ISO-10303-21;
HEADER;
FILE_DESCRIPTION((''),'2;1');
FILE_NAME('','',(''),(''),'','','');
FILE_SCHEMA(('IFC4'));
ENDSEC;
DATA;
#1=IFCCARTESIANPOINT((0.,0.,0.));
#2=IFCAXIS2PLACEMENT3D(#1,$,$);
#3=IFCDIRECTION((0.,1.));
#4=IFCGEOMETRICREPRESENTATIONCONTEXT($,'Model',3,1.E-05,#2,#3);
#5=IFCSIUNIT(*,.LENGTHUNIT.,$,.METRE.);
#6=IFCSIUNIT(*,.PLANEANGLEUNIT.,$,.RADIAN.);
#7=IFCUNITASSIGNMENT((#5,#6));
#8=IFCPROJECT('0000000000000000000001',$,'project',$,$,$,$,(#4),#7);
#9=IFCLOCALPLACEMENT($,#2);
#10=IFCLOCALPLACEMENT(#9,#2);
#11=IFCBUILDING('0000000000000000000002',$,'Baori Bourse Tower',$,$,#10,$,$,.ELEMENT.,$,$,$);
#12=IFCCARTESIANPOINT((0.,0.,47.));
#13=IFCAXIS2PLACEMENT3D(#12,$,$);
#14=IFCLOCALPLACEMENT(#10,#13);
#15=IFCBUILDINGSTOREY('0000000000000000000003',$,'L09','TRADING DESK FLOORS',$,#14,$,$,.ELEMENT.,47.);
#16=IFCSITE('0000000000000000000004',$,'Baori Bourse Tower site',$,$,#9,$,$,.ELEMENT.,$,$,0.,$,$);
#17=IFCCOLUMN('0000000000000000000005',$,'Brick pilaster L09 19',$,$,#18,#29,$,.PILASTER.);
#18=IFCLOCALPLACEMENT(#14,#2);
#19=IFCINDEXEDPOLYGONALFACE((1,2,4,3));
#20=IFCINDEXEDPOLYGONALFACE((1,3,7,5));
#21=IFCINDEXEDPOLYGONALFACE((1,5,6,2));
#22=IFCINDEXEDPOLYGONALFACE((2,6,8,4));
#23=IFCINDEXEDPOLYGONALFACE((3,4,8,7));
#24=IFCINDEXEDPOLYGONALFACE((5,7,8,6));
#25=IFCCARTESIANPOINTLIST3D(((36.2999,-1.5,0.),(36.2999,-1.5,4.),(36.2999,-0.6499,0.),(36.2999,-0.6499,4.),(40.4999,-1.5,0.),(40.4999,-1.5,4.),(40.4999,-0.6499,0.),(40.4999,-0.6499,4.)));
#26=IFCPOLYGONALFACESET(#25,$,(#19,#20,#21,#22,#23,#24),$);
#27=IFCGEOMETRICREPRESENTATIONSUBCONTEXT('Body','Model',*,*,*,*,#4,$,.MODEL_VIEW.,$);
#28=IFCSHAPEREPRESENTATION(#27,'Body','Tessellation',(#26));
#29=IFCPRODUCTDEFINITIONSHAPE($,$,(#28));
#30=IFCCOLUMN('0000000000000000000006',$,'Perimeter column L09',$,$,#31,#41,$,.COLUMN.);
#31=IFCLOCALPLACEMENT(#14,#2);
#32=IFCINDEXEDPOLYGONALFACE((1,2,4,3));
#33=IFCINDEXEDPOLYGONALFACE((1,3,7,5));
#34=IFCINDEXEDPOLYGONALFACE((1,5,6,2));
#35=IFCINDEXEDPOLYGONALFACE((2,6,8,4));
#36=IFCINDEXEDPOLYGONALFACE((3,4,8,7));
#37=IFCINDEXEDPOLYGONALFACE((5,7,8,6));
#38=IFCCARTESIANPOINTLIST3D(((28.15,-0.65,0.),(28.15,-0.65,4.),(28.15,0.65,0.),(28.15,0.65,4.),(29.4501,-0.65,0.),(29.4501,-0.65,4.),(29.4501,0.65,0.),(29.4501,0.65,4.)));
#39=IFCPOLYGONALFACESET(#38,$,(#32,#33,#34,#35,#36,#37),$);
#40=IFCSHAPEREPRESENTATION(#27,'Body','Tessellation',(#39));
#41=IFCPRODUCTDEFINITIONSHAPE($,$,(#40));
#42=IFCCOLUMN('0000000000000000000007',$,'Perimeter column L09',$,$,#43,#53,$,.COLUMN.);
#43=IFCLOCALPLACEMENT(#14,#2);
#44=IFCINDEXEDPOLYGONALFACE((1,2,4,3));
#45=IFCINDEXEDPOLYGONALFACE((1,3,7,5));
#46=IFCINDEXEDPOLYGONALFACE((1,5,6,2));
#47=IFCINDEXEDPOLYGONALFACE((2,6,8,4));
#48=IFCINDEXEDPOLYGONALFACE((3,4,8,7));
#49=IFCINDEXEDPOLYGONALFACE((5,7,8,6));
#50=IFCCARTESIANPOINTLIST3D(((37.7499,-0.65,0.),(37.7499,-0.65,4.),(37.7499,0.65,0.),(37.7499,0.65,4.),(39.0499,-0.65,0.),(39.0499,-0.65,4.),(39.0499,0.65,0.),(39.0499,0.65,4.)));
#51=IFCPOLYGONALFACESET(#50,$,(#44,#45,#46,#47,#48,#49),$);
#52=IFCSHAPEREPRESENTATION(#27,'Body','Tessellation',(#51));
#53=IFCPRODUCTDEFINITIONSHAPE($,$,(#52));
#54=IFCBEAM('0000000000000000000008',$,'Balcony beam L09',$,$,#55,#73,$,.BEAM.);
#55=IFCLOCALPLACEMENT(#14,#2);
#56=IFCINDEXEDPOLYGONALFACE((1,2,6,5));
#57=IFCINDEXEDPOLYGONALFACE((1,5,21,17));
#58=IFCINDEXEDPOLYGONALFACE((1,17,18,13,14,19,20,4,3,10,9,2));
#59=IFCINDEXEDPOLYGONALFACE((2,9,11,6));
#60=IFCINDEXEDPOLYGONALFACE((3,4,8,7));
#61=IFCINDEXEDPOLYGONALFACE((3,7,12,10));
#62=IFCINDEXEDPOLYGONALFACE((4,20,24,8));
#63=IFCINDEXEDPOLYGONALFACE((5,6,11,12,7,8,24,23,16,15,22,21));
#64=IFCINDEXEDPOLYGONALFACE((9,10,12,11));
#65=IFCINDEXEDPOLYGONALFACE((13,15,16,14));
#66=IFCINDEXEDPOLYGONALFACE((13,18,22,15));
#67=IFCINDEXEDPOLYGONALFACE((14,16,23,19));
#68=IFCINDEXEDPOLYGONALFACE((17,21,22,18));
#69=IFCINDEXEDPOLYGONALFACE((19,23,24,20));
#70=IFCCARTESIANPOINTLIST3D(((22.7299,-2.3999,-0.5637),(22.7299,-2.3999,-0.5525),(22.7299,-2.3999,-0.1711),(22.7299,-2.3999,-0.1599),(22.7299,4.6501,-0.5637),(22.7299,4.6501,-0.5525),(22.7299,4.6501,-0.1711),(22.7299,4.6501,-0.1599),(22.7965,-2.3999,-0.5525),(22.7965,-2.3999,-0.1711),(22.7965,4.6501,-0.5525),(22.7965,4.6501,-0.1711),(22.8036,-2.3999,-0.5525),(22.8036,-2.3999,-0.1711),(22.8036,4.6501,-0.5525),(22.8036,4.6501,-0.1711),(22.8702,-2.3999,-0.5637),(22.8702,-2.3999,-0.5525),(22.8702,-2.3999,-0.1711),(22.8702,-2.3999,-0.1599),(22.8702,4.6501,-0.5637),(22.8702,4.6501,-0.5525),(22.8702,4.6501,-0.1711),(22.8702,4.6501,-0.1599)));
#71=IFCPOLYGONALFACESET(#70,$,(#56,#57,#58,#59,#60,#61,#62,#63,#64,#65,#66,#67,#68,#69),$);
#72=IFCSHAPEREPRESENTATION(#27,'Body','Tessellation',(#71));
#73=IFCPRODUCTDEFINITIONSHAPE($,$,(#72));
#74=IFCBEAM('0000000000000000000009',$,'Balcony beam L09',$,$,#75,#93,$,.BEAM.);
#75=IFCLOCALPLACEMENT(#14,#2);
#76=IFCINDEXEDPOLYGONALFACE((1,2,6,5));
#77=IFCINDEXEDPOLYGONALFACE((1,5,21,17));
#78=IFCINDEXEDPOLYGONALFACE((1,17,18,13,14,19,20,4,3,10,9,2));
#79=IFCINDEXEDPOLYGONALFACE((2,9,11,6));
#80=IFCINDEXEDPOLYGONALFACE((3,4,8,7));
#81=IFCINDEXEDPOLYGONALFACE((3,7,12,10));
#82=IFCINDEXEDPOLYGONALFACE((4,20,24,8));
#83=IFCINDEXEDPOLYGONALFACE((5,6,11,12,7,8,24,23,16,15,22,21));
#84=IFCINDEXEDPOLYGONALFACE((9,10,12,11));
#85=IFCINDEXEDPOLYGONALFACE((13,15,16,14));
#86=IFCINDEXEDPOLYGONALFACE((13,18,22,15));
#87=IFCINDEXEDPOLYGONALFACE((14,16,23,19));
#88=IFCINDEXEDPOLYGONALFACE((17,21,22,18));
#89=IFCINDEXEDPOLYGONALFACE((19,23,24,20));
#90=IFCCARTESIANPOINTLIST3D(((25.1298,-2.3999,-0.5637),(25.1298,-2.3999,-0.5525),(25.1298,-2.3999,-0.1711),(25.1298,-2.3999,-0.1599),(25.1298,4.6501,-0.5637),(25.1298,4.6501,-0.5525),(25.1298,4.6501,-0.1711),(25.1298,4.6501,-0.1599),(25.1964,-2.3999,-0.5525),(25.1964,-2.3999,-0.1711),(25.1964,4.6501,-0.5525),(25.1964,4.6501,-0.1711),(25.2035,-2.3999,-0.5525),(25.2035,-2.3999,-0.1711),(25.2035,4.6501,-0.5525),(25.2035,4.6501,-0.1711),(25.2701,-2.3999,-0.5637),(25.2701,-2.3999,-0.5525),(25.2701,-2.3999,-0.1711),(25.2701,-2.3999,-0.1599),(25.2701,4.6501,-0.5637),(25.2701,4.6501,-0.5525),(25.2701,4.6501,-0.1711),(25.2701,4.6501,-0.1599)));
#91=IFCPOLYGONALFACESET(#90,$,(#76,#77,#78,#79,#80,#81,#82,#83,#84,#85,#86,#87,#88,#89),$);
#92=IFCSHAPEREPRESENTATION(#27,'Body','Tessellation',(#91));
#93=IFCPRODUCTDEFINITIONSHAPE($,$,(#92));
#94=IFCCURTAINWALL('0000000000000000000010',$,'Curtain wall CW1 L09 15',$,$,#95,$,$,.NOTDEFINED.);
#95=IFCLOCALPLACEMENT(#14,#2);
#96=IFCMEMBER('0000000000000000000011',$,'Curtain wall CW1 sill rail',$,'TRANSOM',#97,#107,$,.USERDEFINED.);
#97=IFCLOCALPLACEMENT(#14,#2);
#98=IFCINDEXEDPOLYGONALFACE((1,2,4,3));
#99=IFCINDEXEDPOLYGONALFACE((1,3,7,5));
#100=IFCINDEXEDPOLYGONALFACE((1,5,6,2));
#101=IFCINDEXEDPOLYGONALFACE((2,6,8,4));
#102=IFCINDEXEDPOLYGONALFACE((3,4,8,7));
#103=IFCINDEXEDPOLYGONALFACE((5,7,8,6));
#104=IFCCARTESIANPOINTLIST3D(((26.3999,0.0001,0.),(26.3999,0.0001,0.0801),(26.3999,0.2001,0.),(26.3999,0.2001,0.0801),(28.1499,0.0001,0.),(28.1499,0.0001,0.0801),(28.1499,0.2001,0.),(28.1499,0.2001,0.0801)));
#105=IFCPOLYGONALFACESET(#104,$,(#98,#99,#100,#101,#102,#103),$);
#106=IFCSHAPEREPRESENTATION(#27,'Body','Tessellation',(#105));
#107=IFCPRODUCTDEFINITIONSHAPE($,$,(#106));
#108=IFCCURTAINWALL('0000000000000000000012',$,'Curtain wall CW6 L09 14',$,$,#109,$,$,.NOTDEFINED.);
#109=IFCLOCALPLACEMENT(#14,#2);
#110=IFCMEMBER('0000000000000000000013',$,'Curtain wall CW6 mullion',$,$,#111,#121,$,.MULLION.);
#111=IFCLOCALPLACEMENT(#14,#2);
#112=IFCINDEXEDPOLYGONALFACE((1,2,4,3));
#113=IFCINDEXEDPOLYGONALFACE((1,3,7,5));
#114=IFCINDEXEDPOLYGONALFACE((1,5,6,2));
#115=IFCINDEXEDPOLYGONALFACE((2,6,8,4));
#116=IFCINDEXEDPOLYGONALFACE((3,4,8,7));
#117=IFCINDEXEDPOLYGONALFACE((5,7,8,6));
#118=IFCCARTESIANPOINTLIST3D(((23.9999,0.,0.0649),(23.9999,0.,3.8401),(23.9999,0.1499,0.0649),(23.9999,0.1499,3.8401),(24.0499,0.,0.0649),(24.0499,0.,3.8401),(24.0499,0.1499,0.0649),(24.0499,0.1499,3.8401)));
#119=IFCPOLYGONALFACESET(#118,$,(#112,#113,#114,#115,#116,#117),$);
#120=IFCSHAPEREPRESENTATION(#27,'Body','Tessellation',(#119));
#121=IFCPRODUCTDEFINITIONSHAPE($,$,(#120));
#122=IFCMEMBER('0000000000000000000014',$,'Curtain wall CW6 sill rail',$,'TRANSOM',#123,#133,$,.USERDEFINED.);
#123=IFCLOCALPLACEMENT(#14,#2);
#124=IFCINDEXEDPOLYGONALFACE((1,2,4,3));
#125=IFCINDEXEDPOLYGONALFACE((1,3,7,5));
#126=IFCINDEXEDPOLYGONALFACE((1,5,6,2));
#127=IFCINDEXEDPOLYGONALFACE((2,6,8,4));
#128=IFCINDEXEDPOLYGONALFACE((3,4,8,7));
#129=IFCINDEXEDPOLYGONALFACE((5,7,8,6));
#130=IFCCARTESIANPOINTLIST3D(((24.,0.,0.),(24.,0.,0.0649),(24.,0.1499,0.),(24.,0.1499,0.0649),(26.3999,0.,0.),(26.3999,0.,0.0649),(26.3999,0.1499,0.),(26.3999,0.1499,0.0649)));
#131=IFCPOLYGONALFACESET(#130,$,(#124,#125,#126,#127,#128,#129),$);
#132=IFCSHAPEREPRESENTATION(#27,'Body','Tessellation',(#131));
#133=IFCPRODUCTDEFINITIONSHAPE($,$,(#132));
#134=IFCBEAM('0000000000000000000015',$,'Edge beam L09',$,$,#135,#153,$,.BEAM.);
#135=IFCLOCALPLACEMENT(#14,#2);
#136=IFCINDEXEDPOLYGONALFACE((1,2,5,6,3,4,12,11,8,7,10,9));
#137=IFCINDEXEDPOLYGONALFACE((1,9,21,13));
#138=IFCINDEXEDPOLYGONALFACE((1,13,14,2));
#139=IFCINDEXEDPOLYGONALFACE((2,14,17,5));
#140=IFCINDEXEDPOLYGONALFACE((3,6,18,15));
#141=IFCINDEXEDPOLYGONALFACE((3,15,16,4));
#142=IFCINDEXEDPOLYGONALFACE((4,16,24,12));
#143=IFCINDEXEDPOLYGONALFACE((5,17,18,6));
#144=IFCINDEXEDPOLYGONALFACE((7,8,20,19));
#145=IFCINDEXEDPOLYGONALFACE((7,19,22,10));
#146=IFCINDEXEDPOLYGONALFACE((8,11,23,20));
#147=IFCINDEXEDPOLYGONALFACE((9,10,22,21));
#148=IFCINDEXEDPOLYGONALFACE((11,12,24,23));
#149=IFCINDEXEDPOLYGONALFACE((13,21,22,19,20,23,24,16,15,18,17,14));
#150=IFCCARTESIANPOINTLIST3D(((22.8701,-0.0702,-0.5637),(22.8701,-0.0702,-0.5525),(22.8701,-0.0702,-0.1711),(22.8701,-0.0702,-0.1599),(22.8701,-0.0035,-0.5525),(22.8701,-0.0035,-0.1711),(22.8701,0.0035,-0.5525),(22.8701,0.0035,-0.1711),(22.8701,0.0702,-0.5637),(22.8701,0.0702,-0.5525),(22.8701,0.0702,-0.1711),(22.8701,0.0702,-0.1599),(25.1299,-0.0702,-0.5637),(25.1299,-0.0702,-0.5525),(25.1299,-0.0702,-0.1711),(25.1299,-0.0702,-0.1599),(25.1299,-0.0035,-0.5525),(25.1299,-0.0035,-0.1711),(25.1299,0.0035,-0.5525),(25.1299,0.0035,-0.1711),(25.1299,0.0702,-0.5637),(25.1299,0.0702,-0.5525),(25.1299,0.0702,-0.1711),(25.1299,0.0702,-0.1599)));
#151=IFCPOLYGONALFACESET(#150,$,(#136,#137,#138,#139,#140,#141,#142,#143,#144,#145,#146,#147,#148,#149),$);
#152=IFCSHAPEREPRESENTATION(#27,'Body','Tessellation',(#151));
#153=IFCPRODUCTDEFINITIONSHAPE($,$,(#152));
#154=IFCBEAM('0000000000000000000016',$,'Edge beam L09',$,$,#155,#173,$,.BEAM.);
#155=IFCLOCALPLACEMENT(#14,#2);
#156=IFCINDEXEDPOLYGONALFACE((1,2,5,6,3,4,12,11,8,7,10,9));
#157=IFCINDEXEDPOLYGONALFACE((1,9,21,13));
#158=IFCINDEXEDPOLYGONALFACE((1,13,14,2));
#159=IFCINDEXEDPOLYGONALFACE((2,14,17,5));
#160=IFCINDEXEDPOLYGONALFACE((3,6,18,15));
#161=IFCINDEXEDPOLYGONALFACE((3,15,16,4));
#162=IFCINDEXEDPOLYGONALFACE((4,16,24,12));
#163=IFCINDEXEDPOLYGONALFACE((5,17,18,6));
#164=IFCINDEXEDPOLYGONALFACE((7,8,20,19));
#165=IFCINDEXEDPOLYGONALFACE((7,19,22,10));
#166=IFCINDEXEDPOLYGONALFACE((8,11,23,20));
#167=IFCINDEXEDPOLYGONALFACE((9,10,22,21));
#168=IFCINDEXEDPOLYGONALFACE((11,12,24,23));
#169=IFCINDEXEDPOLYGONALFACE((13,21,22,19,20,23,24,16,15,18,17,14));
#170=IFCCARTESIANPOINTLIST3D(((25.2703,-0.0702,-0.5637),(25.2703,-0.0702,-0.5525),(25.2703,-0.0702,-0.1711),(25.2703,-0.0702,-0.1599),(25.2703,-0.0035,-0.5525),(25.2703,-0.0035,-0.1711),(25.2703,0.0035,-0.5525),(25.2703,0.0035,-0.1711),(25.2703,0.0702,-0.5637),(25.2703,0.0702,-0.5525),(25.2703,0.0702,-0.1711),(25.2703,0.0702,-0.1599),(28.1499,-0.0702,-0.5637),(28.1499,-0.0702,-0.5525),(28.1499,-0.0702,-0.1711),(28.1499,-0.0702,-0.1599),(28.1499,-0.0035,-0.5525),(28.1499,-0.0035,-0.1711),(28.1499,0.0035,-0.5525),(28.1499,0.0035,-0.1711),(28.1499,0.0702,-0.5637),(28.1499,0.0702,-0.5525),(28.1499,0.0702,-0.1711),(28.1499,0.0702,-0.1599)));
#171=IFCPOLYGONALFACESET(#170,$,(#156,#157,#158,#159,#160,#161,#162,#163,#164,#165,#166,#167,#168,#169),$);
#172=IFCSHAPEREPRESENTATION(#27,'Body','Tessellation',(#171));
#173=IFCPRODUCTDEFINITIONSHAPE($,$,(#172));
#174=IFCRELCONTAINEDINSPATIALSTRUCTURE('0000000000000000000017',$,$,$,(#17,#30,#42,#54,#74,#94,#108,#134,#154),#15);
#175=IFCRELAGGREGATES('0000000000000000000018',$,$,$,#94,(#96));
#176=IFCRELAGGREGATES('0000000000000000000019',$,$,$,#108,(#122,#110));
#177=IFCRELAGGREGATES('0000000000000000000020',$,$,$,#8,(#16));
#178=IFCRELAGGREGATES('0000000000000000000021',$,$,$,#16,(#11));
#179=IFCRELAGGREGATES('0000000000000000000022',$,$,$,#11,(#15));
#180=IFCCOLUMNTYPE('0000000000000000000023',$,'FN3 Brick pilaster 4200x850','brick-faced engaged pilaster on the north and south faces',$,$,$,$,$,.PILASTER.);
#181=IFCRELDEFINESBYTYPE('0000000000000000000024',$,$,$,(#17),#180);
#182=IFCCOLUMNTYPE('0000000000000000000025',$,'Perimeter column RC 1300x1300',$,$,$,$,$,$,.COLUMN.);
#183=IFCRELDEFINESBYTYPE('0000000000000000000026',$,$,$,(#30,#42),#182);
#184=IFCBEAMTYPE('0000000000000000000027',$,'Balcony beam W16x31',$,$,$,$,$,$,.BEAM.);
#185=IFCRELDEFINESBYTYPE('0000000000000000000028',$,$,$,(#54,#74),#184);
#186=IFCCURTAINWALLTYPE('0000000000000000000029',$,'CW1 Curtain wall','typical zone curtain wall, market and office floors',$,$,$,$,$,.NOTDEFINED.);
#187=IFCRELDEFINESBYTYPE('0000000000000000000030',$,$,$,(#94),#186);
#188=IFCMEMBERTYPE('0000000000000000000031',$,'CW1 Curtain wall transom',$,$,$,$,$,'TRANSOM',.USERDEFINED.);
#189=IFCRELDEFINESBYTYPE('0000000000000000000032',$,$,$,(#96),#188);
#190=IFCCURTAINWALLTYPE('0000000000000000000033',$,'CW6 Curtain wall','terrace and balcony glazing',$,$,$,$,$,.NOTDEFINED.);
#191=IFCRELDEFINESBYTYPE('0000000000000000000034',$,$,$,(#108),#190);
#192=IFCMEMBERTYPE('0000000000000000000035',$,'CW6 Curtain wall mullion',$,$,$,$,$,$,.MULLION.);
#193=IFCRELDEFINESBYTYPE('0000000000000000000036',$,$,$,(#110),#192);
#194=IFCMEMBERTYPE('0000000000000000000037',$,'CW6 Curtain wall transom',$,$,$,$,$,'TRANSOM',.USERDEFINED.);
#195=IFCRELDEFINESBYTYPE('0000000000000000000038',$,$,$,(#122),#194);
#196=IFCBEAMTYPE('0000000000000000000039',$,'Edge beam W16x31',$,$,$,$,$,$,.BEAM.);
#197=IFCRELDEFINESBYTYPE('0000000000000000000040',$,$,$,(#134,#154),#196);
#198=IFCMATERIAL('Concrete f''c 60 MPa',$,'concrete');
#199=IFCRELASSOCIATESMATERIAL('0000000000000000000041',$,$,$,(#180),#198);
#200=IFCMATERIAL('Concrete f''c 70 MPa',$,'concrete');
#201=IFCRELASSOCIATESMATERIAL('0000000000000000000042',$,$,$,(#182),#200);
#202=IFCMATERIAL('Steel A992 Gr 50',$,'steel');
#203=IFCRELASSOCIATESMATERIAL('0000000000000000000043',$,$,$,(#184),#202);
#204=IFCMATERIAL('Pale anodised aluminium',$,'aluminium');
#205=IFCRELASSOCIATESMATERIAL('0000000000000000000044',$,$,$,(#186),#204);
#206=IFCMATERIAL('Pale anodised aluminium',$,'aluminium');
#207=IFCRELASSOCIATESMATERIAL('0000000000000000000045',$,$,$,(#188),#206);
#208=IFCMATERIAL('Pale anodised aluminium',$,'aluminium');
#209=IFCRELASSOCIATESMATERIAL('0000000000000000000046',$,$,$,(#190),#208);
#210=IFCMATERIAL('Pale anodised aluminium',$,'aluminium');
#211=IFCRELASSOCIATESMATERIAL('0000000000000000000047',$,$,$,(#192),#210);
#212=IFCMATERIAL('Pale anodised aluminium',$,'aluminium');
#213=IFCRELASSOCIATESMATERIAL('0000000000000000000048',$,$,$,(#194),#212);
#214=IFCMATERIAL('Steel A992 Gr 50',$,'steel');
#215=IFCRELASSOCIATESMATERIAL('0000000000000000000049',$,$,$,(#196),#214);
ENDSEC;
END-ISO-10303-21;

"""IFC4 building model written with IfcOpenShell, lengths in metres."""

from ifc_helpers import new_model, si_unit, direction, frame, origin, origin_2d, place, context, subcontext, project, spatial, rectangle, i_section, extrude, material, material_profile, profile_set, type_object, element, aggregate, save


model = new_model("IFC4")

# Units and contexts
model_context = context("Model", 3, precision=1e-05, world=origin(), true_north=direction((0.0, 1.0)))
body_context = subcontext(model_context, "Body", "Model", "MODEL_VIEW")
ifc_project = project(units=[si_unit("LENGTHUNIT", "METRE"), si_unit("PLANEANGLEUNIT", "RADIAN")], contexts=[model_context])

# Site, building, storey
site_placement = place(None, origin())
site = spatial("IfcSite", under=ifc_project, at=site_placement, Name="Baori Bourse Tower site", CompositionType="ELEMENT", RefElevation=0.0)
building_placement = place(site_placement, origin())
building = spatial("IfcBuilding", under=site, at=building_placement, Name="Baori Bourse Tower", CompositionType="ELEMENT")
storey_placement = place(building_placement, frame((0.0, 0.0, 47.0)))
storey = spatial("IfcBuildingStorey", under=building, at=storey_placement, Name="L09", Description="TRADING DESK FLOORS", CompositionType="ELEMENT", Elevation=47.0)

# Columns
ifc_material_1 = material(Name="Concrete f'c 60 MPa", Category="concrete")
ifc_material_profile_1 = material_profile(ifc_material_1, rectangle(XDim=4.2, YDim=0.8501, at=origin_2d()), Name="RC 4200x850")
ifc_profile_set_1 = profile_set([ifc_material_profile_1], Name="Concrete f'c 60 MPa")
column_type_1 = type_object("IfcColumnType", Name="FN3 Brick pilaster 4200x850", Description="brick-faced engaged pilaster on the north and south faces", PredefinedType="PILASTER", material=ifc_profile_set_1)
column_placement = place(storey_placement, frame((38.3999, -1.075, 0.0), z_axis=(0.0, 0.0, 1.0), x_axis=(1.0, 0.0, 0.0)))
element("IfcColumn", 1, at=column_placement, inside=storey, type_object=column_type_1, Name="Brick pilaster L09 19", PredefinedType="PILASTER", context=body_context, shape_type="SweptSolid", body=[
    extrude(rectangle(XDim=4.2, YDim=0.8501, at=origin_2d()), origin(), (0.0, 0.0, 1.0), 4.0),
])
ifc_material_2 = material(Name="Concrete f'c 70 MPa", Category="concrete")
ifc_material_profile_2 = material_profile(ifc_material_2, rectangle(XDim=1.3, YDim=1.3, at=origin_2d()), Name="RC 1300x1300")
ifc_profile_set_2 = profile_set([ifc_material_profile_2], Name="Concrete f'c 70 MPa")
column_type_2 = type_object("IfcColumnType", Name="Perimeter column RC 1300x1300", PredefinedType="COLUMN", material=ifc_profile_set_2)
for number, where, z_axis, x_axis, name in (
    (2, (28.8, 0.0, 0.0), (0.0, 0.0, 1.0), (1.0, 0.0, 0.0), "Perimeter column L09"),
    (3, (38.3999, 0.0, 0.0), (0.0, 0.0, 1.0), (1.0, 0.0, 0.0), "Perimeter column L09"),
):
    element("IfcColumn", number, at=place(storey_placement, frame(where, z_axis=z_axis, x_axis=x_axis)), inside=storey, type_object=column_type_2, Name=name, PredefinedType="COLUMN", context=body_context, shape_type="SweptSolid", body=[
        extrude(rectangle(XDim=1.3, YDim=1.3, at=origin_2d()), origin(), (0.0, 0.0, 1.0), 4.0),
    ])

# Beams
ifc_material_3 = material(Name="Steel A992 Gr 50", Category="steel")
ifc_material_profile_3 = material_profile(ifc_material_3, i_section(OverallWidth=0.1404, OverallDepth=0.4038, WebThickness=0.0071, FlangeThickness=0.0112, at=origin_2d()), Name="W16x31")
ifc_profile_set_3 = profile_set([ifc_material_profile_3], Name="Steel A992 Gr 50")
beam_type_1 = type_object("IfcBeamType", Name="Balcony beam W16x31", PredefinedType="BEAM", material=ifc_profile_set_3)
for number, where, z_axis, x_axis, name in (
    (4, (22.8, -2.3999, -0.3618), (0.0, 1.0, 0.0), (-1.0, 0.0, 0.0), "Balcony beam L09"),
    (5, (25.2, -2.3999, -0.3618), (0.0, 1.0, 0.0), (-1.0, 0.0, 0.0), "Balcony beam L09"),
):
    element("IfcBeam", number, at=place(storey_placement, frame(where, z_axis=z_axis, x_axis=x_axis)), inside=storey, type_object=beam_type_1, Name=name, PredefinedType="BEAM", context=body_context, shape_type="SweptSolid", body=[
        extrude(i_section(OverallWidth=0.1404, OverallDepth=0.4038, WebThickness=0.0071, FlangeThickness=0.0112, at=origin_2d()), origin(), (0.0, 0.0, 1.0), 7.05),
    ])

# Curtain wall, member
ifc_material_4 = material(Name="Pale anodised aluminium", Category="aluminium")
curtain_wall_type_1 = type_object("IfcCurtainWallType", Name="CW1 Curtain wall", Description="typical zone curtain wall, market and office floors", PredefinedType="NOTDEFINED", material=ifc_material_4)
curtain_wall_1_placement = place(storey_placement, origin())
curtain_wall_1 = element("IfcCurtainWall", 6, at=curtain_wall_1_placement, inside=storey, type_object=curtain_wall_type_1, Name="Curtain wall CW1 L09 15", PredefinedType="NOTDEFINED")
ifc_material_5 = material(Name="Pale anodised aluminium", Category="aluminium")
ifc_material_profile_4 = material_profile(ifc_material_5, rectangle(XDim=0.2, YDim=0.0801, at=origin_2d()), Name="Transom 80x200")
ifc_profile_set_4 = profile_set([ifc_material_profile_4], Name="Pale anodised aluminium")
member_type_1 = type_object("IfcMemberType", Name="CW1 Curtain wall transom", ElementType="TRANSOM", PredefinedType="USERDEFINED", material=ifc_profile_set_4)
member_1_placement = place(storey_placement, frame((26.3999, 0.1001, 0.04), z_axis=(1.0, 0.0, 0.0), x_axis=(0.0, 1.0, 0.0)))
member_1 = element("IfcMember", 7, at=member_1_placement, type_object=member_type_1, Name="Curtain wall CW1 sill rail", ObjectType="TRANSOM", PredefinedType="USERDEFINED", context=body_context, shape_type="SweptSolid", body=[
    extrude(rectangle(XDim=0.2, YDim=0.0801, at=origin_2d()), origin(), (0.0, 0.0, 1.0), 1.75),
])
aggregate(curtain_wall_1, [member_1])

# Curtain wall, members
ifc_material_6 = material(Name="Pale anodised aluminium", Category="aluminium")
curtain_wall_type_2 = type_object("IfcCurtainWallType", Name="CW6 Curtain wall", Description="terrace and balcony glazing", PredefinedType="NOTDEFINED", material=ifc_material_6)
curtain_wall_2_placement = place(storey_placement, origin())
curtain_wall_2 = element("IfcCurtainWall", 8, at=curtain_wall_2_placement, inside=storey, type_object=curtain_wall_type_2, Name="Curtain wall CW6 L09 14", PredefinedType="NOTDEFINED")
ifc_material_7 = material(Name="Pale anodised aluminium", Category="aluminium")
ifc_material_profile_5 = material_profile(ifc_material_7, rectangle(XDim=0.1499, YDim=0.05, at=origin_2d()), Name="Mullion 50x150")
ifc_profile_set_5 = profile_set([ifc_material_profile_5], Name="Pale anodised aluminium")
member_type_2 = type_object("IfcMemberType", Name="CW6 Curtain wall mullion", PredefinedType="MULLION", material=ifc_profile_set_5)
member_2_placement = place(storey_placement, frame((24.0249, 0.075, 0.0649), z_axis=(0.0, 0.0, 1.0), x_axis=(0.0, 1.0, 0.0)))
member_2 = element("IfcMember", 9, at=member_2_placement, type_object=member_type_2, Name="Curtain wall CW6 mullion", PredefinedType="MULLION", context=body_context, shape_type="SweptSolid", body=[
    extrude(rectangle(XDim=0.1499, YDim=0.05, at=origin_2d()), origin(), (0.0, 0.0, 1.0), 3.7751),
])
ifc_material_8 = material(Name="Pale anodised aluminium", Category="aluminium")
ifc_material_profile_6 = material_profile(ifc_material_8, rectangle(XDim=0.1499, YDim=0.0649, at=origin_2d()), Name="Transom 65x150")
ifc_profile_set_6 = profile_set([ifc_material_profile_6], Name="Pale anodised aluminium")
member_type_3 = type_object("IfcMemberType", Name="CW6 Curtain wall transom", ElementType="TRANSOM", PredefinedType="USERDEFINED", material=ifc_profile_set_6)
member_3_placement = place(storey_placement, frame((24.0, 0.075, 0.0325), z_axis=(1.0, 0.0, 0.0), x_axis=(0.0, 1.0, 0.0)))
member_3 = element("IfcMember", 10, at=member_3_placement, type_object=member_type_3, Name="Curtain wall CW6 sill rail", ObjectType="TRANSOM", PredefinedType="USERDEFINED", context=body_context, shape_type="SweptSolid", body=[
    extrude(rectangle(XDim=0.1499, YDim=0.0649, at=origin_2d()), origin(), (0.0, 0.0, 1.0), 2.3999),
])

# Beams
ifc_material_9 = material(Name="Steel A992 Gr 50", Category="steel")
ifc_material_profile_7 = material_profile(ifc_material_9, i_section(OverallWidth=0.1404, OverallDepth=0.4038, WebThickness=0.0071, FlangeThickness=0.0112, at=origin_2d()), Name="W16x31")
ifc_profile_set_7 = profile_set([ifc_material_profile_7], Name="Steel A992 Gr 50")
beam_type_2 = type_object("IfcBeamType", Name="Edge beam W16x31", PredefinedType="BEAM", material=ifc_profile_set_7)
beam_1_placement = place(storey_placement, frame((22.8701, 0.0, -0.3618), z_axis=(1.0, 0.0, 0.0), x_axis=(0.0, 1.0, 0.0)))
element("IfcBeam", 11, at=beam_1_placement, inside=storey, type_object=beam_type_2, Name="Edge beam L09", PredefinedType="BEAM", context=body_context, shape_type="SweptSolid", body=[
    extrude(i_section(OverallWidth=0.1404, OverallDepth=0.4038, WebThickness=0.0071, FlangeThickness=0.0112, at=origin_2d()), origin(), (0.0, 0.0, 1.0), 2.2598),
])
beam_2_placement = place(storey_placement, frame((25.2703, 0.0, -0.3618), z_axis=(1.0, 0.0, 0.0), x_axis=(0.0, 1.0, 0.0)))
element("IfcBeam", 12, at=beam_2_placement, inside=storey, type_object=beam_type_2, Name="Edge beam L09", PredefinedType="BEAM", context=body_context, shape_type="SweptSolid", body=[
    extrude(i_section(OverallWidth=0.1404, OverallDepth=0.4038, WebThickness=0.0071, FlangeThickness=0.0112, at=origin_2d()), origin(), (0.0, 0.0, 1.0), 2.8796),
])

aggregate(curtain_wall_2, [member_3, member_2])

save(model, "model.ifc")
